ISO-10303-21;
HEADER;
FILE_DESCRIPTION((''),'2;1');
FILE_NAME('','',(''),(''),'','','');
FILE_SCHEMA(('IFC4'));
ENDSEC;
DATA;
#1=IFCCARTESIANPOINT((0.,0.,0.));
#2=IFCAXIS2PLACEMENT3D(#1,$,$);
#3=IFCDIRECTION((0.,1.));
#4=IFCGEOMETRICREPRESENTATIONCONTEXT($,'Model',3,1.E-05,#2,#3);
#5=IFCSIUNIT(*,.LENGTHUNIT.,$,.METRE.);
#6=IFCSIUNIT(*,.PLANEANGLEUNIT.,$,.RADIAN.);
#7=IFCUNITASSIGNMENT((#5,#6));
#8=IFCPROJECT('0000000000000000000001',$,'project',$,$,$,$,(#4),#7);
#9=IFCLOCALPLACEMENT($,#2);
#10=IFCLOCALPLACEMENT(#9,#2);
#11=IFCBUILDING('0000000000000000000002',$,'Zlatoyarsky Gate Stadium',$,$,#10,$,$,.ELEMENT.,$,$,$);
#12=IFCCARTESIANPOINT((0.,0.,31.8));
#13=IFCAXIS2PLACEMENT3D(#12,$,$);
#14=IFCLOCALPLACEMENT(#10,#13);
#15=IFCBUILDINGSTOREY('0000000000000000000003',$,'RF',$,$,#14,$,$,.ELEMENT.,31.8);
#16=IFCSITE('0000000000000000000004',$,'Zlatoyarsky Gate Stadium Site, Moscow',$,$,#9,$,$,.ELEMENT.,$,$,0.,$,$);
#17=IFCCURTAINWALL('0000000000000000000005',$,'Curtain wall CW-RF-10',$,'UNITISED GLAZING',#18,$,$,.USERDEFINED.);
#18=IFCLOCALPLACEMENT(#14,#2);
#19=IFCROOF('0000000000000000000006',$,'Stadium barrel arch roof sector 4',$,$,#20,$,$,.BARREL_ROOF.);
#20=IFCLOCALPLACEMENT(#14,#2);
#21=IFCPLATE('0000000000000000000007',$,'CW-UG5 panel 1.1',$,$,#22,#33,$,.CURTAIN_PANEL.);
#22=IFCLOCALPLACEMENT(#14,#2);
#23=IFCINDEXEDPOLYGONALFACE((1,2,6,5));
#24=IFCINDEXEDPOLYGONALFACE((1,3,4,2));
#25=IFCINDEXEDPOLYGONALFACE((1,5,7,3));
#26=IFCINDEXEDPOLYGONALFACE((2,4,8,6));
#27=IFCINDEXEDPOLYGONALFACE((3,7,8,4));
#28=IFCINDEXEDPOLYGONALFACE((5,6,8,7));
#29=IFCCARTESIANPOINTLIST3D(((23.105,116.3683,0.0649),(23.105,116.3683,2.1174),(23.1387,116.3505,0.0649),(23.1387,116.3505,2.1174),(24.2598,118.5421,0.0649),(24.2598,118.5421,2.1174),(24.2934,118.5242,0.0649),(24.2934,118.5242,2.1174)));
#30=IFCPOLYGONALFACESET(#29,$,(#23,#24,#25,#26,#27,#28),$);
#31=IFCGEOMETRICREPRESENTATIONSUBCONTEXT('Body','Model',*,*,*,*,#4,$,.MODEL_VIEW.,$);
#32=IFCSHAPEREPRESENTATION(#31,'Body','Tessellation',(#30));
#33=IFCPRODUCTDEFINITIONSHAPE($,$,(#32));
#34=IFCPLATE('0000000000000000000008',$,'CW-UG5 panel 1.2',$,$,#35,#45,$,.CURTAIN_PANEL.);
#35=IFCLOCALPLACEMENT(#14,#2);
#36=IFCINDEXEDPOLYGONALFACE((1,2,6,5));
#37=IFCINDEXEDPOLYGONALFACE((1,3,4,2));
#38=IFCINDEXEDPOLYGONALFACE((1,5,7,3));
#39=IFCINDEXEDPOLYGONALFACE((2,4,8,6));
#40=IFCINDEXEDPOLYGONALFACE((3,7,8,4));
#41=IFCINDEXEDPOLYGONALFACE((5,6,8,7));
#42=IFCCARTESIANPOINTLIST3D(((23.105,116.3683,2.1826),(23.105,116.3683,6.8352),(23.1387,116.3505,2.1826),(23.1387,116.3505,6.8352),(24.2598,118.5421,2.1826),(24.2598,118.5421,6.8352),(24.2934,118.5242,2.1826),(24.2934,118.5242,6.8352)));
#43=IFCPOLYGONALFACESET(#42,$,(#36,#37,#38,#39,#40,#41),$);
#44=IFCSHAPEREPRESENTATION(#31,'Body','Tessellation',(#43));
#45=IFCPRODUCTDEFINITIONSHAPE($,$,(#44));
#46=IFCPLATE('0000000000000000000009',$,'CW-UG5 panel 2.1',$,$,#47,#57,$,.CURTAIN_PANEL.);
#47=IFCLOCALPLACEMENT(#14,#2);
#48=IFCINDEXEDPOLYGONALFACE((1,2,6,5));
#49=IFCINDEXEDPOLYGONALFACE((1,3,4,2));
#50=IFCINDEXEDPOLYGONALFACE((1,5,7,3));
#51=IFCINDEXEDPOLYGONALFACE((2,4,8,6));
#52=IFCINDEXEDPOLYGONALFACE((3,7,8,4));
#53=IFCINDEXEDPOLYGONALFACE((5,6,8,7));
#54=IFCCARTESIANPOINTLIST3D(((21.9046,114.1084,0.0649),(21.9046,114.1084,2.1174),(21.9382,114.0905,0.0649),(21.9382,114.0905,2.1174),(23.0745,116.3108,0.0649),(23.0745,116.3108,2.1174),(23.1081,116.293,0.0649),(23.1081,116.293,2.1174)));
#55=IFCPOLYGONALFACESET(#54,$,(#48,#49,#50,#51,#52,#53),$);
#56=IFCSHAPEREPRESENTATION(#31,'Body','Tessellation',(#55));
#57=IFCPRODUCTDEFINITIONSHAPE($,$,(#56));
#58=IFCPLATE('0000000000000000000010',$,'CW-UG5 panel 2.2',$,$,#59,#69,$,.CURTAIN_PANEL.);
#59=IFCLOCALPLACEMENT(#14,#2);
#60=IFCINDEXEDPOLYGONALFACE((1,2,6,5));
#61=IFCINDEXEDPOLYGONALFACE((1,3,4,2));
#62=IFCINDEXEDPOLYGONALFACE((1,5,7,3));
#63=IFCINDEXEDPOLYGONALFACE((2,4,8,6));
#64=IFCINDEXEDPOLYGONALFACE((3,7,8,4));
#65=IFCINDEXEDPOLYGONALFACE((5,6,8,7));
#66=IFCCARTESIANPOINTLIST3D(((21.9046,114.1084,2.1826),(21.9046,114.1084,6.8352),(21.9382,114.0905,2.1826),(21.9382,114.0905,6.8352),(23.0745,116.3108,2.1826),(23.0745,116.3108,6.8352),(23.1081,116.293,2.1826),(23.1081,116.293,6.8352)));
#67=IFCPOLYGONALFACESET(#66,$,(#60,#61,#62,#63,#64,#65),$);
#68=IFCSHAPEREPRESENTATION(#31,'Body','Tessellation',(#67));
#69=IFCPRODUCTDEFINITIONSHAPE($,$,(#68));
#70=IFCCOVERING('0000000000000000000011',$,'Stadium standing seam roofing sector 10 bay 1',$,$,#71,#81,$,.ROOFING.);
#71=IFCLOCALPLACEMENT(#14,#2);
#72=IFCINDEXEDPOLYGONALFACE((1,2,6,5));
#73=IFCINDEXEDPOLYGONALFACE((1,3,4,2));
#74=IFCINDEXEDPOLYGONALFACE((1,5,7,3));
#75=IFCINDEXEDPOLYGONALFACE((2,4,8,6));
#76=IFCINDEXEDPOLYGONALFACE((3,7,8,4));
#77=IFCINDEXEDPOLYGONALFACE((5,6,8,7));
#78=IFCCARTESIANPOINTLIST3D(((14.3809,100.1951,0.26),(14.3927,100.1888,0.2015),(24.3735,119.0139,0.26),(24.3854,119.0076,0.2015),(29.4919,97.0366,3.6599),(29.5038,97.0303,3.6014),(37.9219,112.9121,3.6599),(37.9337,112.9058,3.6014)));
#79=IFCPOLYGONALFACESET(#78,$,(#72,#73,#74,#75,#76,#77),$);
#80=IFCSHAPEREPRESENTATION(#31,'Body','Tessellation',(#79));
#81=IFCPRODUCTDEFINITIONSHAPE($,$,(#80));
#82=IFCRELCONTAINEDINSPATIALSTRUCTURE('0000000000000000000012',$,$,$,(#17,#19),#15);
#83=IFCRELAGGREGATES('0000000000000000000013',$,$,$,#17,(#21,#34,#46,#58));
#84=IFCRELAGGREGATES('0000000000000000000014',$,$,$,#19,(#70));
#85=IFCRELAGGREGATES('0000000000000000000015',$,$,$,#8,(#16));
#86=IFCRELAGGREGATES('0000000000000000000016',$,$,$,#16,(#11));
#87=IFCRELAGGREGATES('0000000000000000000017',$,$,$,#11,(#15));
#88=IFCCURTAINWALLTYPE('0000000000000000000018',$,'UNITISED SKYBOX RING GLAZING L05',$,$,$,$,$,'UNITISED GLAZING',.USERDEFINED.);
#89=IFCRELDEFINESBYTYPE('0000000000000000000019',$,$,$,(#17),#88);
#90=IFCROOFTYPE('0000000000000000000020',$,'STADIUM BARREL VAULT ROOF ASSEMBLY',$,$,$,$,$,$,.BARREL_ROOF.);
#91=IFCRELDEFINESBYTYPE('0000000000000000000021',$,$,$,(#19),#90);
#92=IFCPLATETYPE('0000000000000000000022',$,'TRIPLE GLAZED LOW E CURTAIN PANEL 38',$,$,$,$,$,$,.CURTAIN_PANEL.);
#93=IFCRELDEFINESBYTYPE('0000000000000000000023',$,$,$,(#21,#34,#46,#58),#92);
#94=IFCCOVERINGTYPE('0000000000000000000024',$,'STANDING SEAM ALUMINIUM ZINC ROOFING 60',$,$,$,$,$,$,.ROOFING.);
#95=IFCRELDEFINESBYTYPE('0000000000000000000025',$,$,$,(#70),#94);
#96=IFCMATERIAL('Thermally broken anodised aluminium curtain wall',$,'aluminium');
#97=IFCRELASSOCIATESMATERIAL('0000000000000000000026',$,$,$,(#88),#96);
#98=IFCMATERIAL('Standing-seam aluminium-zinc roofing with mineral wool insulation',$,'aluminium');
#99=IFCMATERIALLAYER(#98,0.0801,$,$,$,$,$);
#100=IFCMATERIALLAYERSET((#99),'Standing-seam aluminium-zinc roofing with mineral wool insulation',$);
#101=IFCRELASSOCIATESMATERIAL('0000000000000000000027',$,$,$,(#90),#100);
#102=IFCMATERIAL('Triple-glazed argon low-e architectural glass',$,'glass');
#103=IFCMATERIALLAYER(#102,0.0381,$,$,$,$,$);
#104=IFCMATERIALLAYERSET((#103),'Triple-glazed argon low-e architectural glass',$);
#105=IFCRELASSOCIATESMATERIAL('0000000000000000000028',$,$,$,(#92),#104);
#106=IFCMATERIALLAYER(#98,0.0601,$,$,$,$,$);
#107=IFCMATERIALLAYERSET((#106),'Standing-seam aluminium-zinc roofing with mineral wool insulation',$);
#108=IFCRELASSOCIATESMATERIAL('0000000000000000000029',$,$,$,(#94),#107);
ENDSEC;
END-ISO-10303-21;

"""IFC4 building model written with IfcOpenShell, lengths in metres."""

from ifc_helpers import new_model, si_unit, direction, frame, origin, origin_2d, place, context, subcontext, project, spatial, polyline, rectangle, outline, extrude, material, layer, layer_set, type_object, element, aggregate, save


model = new_model("IFC4")

# Units and contexts
model_context = context("Model", 3, precision=1e-05, world=origin(), true_north=direction((0.0, 1.0)))
body_context = subcontext(model_context, "Body", "Model", "MODEL_VIEW")
ifc_project = project(units=[si_unit("LENGTHUNIT", "METRE"), si_unit("PLANEANGLEUNIT", "RADIAN")], contexts=[model_context])

# Site, building, storey
site_placement = place(None, origin())
site = spatial("IfcSite", under=ifc_project, at=site_placement, Name="Zlatoyarsky Gate Stadium Site, Moscow", CompositionType="ELEMENT", RefElevation=0.0)
building_placement = place(site_placement, origin())
building = spatial("IfcBuilding", under=site, at=building_placement, Name="Zlatoyarsky Gate Stadium", CompositionType="ELEMENT")
storey_placement = place(building_placement, frame((0.0, 0.0, 31.8)))
storey = spatial("IfcBuildingStorey", under=building, at=storey_placement, Name="RF", CompositionType="ELEMENT", Elevation=31.8)

# Curtain wall
ifc_material_1 = material(Name="Thermally broken anodised aluminium curtain wall", Category="aluminium")
curtain_wall_type = type_object("IfcCurtainWallType", Name="UNITISED SKYBOX RING GLAZING L05", ElementType="UNITISED GLAZING", PredefinedType="USERDEFINED", material=ifc_material_1)
curtain_wall_1_placement = place(storey_placement, origin())
curtain_wall_1 = element("IfcCurtainWall", 1, at=curtain_wall_1_placement, inside=storey, type_object=curtain_wall_type, Name="Curtain wall CW-RF-10", ObjectType="UNITISED GLAZING", PredefinedType="USERDEFINED")

# Roof
ifc_material_2 = material(Name="Standing-seam aluminium-zinc roofing with mineral wool insulation", Category="aluminium")
ifc_layer_1 = layer(ifc_material_2, 0.0801)
ifc_layer_set_1 = layer_set([ifc_layer_1], Name="Standing-seam aluminium-zinc roofing with mineral wool insulation")
roof_type = type_object("IfcRoofType", Name="STADIUM BARREL VAULT ROOF ASSEMBLY", PredefinedType="BARREL_ROOF", material=ifc_layer_set_1)
roof_placement = place(storey_placement, origin())
roof = element("IfcRoof", 2, at=roof_placement, inside=storey, type_object=roof_type, Name="Stadium barrel arch roof sector 4", PredefinedType="BARREL_ROOF")

# Plates
ifc_material_3 = material(Name="Triple-glazed argon low-e architectural glass", Category="glass")
ifc_layer_2 = layer(ifc_material_3, 0.0381)
ifc_layer_set_2 = layer_set([ifc_layer_2], Name="Triple-glazed argon low-e architectural glass")
plate_type_1 = type_object("IfcPlateType", Name="TRIPLE GLAZED LOW E CURTAIN PANEL 38", PredefinedType="CURTAIN_PANEL", material=ifc_layer_set_2)
plate_1_placement = place(storey_placement, frame((23.6992, 117.4463, 0.0649), z_axis=(0.0, 0.0, 1.0), x_axis=(-0.469127, -0.883131, 0.0)))
plate_1 = element("IfcPlate", 3, at=plate_1_placement, type_object=plate_type_1, Name="CW-UG5 panel 1.1", PredefinedType="CURTAIN_PANEL", context=body_context, shape_type="SweptSolid", body=[
    extrude(rectangle(XDim=2.4614, YDim=0.0381, at=origin_2d()), origin(), (0.0, 0.0, 1.0), 2.0525),
])
plate_2_placement = place(storey_placement, frame((23.6992, 117.4463, 2.1826), z_axis=(0.0, 0.0, 1.0), x_axis=(-0.469127, -0.883131, 0.0)))
plate_2 = element("IfcPlate", 4, at=plate_2_placement, type_object=plate_type_1, Name="CW-UG5 panel 1.2", PredefinedType="CURTAIN_PANEL", context=body_context, shape_type="SweptSolid", body=[
    extrude(rectangle(XDim=2.4614, YDim=0.0381, at=origin_2d()), origin(), (0.0, 0.0, 1.0), 4.6526),
])
plate_3_placement = place(storey_placement, frame((22.5063, 115.2007, 0.0649), z_axis=(0.0, 0.0, 1.0), x_axis=(-0.469127, -0.883131, 0.0)))
plate_3 = element("IfcPlate", 5, at=plate_3_placement, type_object=plate_type_1, Name="CW-UG5 panel 2.1", PredefinedType="CURTAIN_PANEL", context=body_context, shape_type="SweptSolid", body=[
    extrude(rectangle(XDim=2.4939, YDim=0.0381, at=origin_2d()), origin(), (0.0, 0.0, 1.0), 2.0525),
])
plate_4_placement = place(storey_placement, frame((22.5063, 115.2007, 2.1826), z_axis=(0.0, 0.0, 1.0), x_axis=(-0.469127, -0.883131, 0.0)))
plate_4 = element("IfcPlate", 6, at=plate_4_placement, type_object=plate_type_1, Name="CW-UG5 panel 2.2", PredefinedType="CURTAIN_PANEL", context=body_context, shape_type="SweptSolid", body=[
    extrude(rectangle(XDim=2.4939, YDim=0.0381, at=origin_2d()), origin(), (0.0, 0.0, 1.0), 4.6526),
])
aggregate(curtain_wall_1, [plate_1, plate_2, plate_3, plate_4])

# Covering
ifc_layer_3 = layer(ifc_material_2, 0.0601)
ifc_layer_set_3 = layer_set([ifc_layer_3], Name="Standing-seam aluminium-zinc roofing with mineral wool insulation")
covering_type = type_object("IfcCoveringType", Name="STANDING SEAM ALUMINIUM ZINC ROOFING 60", PredefinedType="ROOFING", material=ifc_layer_set_3)
covering_placement = place(storey_placement, frame((24.3735, 119.0139, 0.26), z_axis=(-0.197394, 0.104815, 0.974705), x_axis=(-0.468978, -0.88321, 0.000001)))
covering = element("IfcCovering", 7, at=covering_placement, type_object=covering_type, Name="Stadium standing seam roofing sector 10 bay 1", PredefinedType="ROOFING", context=body_context, shape_type="SweptSolid", body=[
    extrude(outline(polyline([(0.0, 0.0), (21.3073, 0.0), (17.0101, 15.2123), (-0.9647, 15.2124), (0.0, 0.0)])), origin(), (0.0, 0.0, -1.0), 0.0601),
])
aggregate(roof, [covering])

save(model, "model.ifc")
